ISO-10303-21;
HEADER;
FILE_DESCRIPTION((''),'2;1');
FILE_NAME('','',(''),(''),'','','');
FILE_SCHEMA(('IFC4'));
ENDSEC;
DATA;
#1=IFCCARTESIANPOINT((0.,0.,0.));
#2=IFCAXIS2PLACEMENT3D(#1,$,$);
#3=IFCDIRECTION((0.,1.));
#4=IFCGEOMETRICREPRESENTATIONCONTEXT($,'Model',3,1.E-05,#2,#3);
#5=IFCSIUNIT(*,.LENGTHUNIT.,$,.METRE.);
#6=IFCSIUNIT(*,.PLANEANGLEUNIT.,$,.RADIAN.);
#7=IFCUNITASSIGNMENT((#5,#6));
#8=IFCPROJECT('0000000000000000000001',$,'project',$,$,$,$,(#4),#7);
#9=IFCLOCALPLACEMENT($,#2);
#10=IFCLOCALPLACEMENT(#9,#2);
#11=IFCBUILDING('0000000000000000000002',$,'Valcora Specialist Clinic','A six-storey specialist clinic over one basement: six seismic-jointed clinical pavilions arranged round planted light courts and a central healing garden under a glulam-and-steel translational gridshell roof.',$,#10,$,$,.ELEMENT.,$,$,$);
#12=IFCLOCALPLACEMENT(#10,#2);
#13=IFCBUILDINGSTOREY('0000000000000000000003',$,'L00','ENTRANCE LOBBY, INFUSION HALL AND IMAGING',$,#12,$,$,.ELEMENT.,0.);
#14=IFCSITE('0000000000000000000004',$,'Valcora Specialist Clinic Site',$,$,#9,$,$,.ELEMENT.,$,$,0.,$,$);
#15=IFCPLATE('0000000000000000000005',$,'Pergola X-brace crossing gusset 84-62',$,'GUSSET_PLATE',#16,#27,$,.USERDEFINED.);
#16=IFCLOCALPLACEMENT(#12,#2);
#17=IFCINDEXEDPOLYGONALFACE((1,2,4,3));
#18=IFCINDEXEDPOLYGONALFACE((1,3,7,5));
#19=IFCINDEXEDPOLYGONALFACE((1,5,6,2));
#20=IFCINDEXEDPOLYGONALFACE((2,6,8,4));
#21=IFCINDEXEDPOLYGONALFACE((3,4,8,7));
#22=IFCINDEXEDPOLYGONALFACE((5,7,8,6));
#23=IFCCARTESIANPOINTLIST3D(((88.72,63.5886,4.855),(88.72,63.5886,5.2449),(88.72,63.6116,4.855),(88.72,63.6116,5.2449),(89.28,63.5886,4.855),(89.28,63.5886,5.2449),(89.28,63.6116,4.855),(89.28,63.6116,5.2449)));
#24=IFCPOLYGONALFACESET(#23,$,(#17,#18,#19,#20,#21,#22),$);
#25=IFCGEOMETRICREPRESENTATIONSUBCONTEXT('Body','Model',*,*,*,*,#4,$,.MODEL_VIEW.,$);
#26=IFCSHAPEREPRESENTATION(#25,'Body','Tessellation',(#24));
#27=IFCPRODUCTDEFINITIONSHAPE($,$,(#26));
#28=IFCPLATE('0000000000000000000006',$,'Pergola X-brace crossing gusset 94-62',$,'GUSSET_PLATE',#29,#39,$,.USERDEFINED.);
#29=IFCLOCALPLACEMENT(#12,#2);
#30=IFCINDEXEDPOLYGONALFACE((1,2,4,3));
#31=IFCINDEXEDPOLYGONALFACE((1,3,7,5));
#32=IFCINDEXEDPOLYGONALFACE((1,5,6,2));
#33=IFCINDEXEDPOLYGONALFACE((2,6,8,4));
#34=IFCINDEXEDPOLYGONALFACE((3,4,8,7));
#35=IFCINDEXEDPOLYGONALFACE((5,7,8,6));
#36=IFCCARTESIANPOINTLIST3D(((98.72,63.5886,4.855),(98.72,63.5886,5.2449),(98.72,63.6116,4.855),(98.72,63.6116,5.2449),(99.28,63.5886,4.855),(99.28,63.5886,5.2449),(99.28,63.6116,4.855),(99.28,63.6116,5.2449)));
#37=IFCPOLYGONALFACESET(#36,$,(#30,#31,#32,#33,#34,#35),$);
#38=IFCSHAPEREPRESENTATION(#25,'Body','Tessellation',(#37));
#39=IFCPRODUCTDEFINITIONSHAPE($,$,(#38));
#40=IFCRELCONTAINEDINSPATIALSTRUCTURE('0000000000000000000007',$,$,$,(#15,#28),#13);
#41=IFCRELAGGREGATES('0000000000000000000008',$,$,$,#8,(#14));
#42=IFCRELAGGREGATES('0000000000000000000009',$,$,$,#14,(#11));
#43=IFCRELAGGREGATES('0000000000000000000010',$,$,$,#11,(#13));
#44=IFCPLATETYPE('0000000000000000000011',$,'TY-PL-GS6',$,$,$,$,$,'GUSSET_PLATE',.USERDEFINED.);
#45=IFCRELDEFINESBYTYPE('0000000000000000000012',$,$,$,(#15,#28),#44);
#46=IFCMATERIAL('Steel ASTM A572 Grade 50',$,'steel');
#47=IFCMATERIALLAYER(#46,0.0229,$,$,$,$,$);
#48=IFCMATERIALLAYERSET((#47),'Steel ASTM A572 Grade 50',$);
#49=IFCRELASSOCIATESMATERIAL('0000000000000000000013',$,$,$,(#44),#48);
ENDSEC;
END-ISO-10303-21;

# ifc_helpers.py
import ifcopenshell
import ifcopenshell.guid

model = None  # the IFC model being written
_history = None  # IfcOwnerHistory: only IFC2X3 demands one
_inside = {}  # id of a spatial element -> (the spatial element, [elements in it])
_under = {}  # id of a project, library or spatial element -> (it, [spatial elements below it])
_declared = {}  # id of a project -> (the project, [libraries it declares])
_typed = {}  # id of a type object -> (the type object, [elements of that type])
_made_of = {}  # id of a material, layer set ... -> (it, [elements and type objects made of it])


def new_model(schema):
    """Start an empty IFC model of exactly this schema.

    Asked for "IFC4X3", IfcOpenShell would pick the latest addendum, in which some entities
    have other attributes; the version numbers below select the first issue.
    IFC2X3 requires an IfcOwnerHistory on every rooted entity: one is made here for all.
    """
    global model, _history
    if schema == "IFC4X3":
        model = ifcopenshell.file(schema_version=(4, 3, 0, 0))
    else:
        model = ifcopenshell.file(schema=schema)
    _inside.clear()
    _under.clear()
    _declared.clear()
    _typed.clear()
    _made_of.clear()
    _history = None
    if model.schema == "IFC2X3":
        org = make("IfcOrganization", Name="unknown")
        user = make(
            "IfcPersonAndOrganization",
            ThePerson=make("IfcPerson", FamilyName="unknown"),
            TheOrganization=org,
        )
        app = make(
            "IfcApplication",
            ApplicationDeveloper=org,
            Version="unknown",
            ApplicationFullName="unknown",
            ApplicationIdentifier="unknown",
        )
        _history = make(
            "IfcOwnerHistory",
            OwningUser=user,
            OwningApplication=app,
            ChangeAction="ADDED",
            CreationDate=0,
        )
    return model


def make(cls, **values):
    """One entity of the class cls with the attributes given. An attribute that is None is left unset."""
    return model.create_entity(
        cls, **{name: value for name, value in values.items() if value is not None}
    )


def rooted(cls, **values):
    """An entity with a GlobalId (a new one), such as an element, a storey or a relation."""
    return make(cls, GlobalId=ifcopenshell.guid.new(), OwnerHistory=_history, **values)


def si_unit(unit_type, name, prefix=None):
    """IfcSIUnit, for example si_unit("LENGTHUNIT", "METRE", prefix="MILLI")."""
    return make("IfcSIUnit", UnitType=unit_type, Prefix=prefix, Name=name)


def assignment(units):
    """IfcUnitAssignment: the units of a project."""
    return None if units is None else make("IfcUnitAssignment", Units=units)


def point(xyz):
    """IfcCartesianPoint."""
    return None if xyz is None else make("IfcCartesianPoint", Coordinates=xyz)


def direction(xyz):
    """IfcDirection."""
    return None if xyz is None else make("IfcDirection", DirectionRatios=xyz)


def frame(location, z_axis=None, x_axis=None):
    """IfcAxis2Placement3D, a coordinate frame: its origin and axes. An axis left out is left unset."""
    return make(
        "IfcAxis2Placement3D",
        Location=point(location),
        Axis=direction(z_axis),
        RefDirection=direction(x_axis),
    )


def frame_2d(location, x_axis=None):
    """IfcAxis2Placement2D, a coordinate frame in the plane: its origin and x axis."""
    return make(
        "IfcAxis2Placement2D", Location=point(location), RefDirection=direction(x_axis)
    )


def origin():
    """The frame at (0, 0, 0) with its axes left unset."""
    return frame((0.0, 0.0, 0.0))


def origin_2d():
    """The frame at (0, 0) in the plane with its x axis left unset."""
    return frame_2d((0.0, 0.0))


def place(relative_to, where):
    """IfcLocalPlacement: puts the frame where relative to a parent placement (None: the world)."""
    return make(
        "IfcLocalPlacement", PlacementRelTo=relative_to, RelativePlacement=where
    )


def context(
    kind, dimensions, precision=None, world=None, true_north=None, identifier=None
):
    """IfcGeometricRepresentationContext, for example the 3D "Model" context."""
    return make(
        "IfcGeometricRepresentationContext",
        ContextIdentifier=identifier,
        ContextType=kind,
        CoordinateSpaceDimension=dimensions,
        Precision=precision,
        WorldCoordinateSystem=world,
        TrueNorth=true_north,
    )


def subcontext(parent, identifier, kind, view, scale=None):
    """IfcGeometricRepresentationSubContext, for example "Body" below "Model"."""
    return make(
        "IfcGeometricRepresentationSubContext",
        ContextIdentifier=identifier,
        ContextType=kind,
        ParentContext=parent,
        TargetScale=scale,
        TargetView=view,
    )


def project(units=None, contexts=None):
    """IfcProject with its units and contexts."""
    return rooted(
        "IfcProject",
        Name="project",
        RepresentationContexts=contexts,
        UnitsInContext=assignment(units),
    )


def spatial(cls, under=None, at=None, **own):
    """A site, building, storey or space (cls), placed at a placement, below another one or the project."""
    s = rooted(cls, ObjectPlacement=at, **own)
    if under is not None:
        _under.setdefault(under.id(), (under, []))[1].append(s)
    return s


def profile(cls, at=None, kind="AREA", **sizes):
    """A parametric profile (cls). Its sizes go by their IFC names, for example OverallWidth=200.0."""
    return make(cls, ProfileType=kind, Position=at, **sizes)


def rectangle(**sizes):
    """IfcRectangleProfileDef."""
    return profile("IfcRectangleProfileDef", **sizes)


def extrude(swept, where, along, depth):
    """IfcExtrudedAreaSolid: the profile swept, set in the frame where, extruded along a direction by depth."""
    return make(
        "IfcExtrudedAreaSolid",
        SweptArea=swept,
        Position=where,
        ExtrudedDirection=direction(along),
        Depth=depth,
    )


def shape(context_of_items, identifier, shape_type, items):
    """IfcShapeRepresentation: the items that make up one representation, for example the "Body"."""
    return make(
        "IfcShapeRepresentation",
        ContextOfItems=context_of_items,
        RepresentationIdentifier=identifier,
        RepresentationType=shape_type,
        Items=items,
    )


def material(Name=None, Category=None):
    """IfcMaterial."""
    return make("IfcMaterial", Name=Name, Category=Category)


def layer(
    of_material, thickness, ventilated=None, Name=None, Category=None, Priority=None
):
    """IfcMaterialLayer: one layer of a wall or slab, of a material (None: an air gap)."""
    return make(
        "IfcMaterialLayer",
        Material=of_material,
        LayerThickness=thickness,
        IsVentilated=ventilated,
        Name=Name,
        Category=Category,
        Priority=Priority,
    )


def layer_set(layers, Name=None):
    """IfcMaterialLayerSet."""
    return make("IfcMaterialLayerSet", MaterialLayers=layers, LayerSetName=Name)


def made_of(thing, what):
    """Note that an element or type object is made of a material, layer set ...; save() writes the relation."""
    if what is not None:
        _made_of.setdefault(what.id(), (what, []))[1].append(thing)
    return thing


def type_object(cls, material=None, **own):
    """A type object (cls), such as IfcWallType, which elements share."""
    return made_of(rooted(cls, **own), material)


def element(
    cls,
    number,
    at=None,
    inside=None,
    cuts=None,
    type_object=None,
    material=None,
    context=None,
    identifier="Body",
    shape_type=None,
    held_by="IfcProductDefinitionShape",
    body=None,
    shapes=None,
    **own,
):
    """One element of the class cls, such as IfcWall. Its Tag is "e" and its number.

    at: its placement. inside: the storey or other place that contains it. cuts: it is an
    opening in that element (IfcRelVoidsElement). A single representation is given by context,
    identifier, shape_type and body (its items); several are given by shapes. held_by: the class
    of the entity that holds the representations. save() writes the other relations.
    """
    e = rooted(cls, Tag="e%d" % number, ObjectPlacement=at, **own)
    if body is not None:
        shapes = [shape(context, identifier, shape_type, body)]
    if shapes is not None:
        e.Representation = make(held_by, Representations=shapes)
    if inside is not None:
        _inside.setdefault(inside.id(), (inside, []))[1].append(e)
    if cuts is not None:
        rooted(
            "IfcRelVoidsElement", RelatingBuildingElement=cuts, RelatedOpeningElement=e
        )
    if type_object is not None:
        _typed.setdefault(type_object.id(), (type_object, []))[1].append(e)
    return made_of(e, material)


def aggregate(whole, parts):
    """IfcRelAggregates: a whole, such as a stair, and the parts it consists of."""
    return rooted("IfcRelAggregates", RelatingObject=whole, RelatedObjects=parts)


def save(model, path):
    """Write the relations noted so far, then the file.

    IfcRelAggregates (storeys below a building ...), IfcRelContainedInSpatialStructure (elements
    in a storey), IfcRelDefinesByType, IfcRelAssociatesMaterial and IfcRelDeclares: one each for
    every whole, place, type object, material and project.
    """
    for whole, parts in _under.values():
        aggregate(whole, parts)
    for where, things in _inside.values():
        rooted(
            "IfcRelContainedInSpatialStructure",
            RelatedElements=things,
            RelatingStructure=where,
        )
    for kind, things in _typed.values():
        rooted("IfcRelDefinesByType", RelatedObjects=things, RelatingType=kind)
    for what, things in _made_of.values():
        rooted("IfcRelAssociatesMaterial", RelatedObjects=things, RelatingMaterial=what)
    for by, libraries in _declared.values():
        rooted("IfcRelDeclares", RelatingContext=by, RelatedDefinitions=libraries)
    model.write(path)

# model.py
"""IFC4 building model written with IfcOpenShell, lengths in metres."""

from ifc_helpers import new_model, si_unit, direction, frame, origin, origin_2d, place, context, subcontext, project, spatial, rectangle, extrude, material, layer, layer_set, type_object, element, save


model = new_model("IFC4")

# Units and contexts
model_context = context("Model", 3, precision=1e-05, world=origin(), true_north=direction((0.0, 1.0)))
body_context = subcontext(model_context, "Body", "Model", "MODEL_VIEW")
ifc_project = project(units=[si_unit("LENGTHUNIT", "METRE"), si_unit("PLANEANGLEUNIT", "RADIAN")], contexts=[model_context])

# Site, building, storey
site_placement = place(None, origin())
site = spatial("IfcSite", under=ifc_project, at=site_placement, Name="Valcora Specialist Clinic Site", CompositionType="ELEMENT", RefElevation=0.0)
building_placement = place(site_placement, origin())
building = spatial("IfcBuilding", under=site, at=building_placement, Name="Valcora Specialist Clinic", Description="A six-storey specialist clinic over one basement: six seismic-jointed clinical pavilions arranged round planted light courts and a central healing garden under a glulam-and-steel translational gridshell roof.", CompositionType="ELEMENT")
storey_placement = place(building_placement, origin())
storey = spatial("IfcBuildingStorey", under=building, at=storey_placement, Name="L00", Description="ENTRANCE LOBBY, INFUSION HALL AND IMAGING", CompositionType="ELEMENT", Elevation=0.0)

# Plates
ifc_material_1 = material(Name="Steel ASTM A572 Grade 50", Category="steel")
ifc_layer_1 = layer(ifc_material_1, 0.0229)
ifc_layer_set_1 = layer_set([ifc_layer_1], Name="Steel ASTM A572 Grade 50")
plate_type_1 = type_object("IfcPlateType", Name="TY-PL-GS6", ElementType="GUSSET_PLATE", PredefinedType="USERDEFINED", material=ifc_layer_set_1)
for number, where, z_axis, x_axis, name in (
    (1, (89.0, 63.6001, 4.855), (0.0, 0.0, 1.0), (1.0, 0.0, 0.0), "Pergola X-brace crossing gusset 84-62"),
    (2, (99.0, 63.6001, 4.855), (0.0, 0.0, 1.0), (1.0, 0.0, 0.0), "Pergola X-brace crossing gusset 94-62"),
):
    element("IfcPlate", number, at=place(storey_placement, frame(where, z_axis=z_axis, x_axis=x_axis)), inside=storey, type_object=plate_type_1, Name=name, ObjectType="GUSSET_PLATE", PredefinedType="USERDEFINED", context=body_context, shape_type="SweptSolid", body=[
        extrude(rectangle(XDim=0.5601, YDim=0.0229, at=origin_2d()), origin(), (0.0, 0.0, 1.0), 0.3899),
    ])

save(model, "model.ifc")
